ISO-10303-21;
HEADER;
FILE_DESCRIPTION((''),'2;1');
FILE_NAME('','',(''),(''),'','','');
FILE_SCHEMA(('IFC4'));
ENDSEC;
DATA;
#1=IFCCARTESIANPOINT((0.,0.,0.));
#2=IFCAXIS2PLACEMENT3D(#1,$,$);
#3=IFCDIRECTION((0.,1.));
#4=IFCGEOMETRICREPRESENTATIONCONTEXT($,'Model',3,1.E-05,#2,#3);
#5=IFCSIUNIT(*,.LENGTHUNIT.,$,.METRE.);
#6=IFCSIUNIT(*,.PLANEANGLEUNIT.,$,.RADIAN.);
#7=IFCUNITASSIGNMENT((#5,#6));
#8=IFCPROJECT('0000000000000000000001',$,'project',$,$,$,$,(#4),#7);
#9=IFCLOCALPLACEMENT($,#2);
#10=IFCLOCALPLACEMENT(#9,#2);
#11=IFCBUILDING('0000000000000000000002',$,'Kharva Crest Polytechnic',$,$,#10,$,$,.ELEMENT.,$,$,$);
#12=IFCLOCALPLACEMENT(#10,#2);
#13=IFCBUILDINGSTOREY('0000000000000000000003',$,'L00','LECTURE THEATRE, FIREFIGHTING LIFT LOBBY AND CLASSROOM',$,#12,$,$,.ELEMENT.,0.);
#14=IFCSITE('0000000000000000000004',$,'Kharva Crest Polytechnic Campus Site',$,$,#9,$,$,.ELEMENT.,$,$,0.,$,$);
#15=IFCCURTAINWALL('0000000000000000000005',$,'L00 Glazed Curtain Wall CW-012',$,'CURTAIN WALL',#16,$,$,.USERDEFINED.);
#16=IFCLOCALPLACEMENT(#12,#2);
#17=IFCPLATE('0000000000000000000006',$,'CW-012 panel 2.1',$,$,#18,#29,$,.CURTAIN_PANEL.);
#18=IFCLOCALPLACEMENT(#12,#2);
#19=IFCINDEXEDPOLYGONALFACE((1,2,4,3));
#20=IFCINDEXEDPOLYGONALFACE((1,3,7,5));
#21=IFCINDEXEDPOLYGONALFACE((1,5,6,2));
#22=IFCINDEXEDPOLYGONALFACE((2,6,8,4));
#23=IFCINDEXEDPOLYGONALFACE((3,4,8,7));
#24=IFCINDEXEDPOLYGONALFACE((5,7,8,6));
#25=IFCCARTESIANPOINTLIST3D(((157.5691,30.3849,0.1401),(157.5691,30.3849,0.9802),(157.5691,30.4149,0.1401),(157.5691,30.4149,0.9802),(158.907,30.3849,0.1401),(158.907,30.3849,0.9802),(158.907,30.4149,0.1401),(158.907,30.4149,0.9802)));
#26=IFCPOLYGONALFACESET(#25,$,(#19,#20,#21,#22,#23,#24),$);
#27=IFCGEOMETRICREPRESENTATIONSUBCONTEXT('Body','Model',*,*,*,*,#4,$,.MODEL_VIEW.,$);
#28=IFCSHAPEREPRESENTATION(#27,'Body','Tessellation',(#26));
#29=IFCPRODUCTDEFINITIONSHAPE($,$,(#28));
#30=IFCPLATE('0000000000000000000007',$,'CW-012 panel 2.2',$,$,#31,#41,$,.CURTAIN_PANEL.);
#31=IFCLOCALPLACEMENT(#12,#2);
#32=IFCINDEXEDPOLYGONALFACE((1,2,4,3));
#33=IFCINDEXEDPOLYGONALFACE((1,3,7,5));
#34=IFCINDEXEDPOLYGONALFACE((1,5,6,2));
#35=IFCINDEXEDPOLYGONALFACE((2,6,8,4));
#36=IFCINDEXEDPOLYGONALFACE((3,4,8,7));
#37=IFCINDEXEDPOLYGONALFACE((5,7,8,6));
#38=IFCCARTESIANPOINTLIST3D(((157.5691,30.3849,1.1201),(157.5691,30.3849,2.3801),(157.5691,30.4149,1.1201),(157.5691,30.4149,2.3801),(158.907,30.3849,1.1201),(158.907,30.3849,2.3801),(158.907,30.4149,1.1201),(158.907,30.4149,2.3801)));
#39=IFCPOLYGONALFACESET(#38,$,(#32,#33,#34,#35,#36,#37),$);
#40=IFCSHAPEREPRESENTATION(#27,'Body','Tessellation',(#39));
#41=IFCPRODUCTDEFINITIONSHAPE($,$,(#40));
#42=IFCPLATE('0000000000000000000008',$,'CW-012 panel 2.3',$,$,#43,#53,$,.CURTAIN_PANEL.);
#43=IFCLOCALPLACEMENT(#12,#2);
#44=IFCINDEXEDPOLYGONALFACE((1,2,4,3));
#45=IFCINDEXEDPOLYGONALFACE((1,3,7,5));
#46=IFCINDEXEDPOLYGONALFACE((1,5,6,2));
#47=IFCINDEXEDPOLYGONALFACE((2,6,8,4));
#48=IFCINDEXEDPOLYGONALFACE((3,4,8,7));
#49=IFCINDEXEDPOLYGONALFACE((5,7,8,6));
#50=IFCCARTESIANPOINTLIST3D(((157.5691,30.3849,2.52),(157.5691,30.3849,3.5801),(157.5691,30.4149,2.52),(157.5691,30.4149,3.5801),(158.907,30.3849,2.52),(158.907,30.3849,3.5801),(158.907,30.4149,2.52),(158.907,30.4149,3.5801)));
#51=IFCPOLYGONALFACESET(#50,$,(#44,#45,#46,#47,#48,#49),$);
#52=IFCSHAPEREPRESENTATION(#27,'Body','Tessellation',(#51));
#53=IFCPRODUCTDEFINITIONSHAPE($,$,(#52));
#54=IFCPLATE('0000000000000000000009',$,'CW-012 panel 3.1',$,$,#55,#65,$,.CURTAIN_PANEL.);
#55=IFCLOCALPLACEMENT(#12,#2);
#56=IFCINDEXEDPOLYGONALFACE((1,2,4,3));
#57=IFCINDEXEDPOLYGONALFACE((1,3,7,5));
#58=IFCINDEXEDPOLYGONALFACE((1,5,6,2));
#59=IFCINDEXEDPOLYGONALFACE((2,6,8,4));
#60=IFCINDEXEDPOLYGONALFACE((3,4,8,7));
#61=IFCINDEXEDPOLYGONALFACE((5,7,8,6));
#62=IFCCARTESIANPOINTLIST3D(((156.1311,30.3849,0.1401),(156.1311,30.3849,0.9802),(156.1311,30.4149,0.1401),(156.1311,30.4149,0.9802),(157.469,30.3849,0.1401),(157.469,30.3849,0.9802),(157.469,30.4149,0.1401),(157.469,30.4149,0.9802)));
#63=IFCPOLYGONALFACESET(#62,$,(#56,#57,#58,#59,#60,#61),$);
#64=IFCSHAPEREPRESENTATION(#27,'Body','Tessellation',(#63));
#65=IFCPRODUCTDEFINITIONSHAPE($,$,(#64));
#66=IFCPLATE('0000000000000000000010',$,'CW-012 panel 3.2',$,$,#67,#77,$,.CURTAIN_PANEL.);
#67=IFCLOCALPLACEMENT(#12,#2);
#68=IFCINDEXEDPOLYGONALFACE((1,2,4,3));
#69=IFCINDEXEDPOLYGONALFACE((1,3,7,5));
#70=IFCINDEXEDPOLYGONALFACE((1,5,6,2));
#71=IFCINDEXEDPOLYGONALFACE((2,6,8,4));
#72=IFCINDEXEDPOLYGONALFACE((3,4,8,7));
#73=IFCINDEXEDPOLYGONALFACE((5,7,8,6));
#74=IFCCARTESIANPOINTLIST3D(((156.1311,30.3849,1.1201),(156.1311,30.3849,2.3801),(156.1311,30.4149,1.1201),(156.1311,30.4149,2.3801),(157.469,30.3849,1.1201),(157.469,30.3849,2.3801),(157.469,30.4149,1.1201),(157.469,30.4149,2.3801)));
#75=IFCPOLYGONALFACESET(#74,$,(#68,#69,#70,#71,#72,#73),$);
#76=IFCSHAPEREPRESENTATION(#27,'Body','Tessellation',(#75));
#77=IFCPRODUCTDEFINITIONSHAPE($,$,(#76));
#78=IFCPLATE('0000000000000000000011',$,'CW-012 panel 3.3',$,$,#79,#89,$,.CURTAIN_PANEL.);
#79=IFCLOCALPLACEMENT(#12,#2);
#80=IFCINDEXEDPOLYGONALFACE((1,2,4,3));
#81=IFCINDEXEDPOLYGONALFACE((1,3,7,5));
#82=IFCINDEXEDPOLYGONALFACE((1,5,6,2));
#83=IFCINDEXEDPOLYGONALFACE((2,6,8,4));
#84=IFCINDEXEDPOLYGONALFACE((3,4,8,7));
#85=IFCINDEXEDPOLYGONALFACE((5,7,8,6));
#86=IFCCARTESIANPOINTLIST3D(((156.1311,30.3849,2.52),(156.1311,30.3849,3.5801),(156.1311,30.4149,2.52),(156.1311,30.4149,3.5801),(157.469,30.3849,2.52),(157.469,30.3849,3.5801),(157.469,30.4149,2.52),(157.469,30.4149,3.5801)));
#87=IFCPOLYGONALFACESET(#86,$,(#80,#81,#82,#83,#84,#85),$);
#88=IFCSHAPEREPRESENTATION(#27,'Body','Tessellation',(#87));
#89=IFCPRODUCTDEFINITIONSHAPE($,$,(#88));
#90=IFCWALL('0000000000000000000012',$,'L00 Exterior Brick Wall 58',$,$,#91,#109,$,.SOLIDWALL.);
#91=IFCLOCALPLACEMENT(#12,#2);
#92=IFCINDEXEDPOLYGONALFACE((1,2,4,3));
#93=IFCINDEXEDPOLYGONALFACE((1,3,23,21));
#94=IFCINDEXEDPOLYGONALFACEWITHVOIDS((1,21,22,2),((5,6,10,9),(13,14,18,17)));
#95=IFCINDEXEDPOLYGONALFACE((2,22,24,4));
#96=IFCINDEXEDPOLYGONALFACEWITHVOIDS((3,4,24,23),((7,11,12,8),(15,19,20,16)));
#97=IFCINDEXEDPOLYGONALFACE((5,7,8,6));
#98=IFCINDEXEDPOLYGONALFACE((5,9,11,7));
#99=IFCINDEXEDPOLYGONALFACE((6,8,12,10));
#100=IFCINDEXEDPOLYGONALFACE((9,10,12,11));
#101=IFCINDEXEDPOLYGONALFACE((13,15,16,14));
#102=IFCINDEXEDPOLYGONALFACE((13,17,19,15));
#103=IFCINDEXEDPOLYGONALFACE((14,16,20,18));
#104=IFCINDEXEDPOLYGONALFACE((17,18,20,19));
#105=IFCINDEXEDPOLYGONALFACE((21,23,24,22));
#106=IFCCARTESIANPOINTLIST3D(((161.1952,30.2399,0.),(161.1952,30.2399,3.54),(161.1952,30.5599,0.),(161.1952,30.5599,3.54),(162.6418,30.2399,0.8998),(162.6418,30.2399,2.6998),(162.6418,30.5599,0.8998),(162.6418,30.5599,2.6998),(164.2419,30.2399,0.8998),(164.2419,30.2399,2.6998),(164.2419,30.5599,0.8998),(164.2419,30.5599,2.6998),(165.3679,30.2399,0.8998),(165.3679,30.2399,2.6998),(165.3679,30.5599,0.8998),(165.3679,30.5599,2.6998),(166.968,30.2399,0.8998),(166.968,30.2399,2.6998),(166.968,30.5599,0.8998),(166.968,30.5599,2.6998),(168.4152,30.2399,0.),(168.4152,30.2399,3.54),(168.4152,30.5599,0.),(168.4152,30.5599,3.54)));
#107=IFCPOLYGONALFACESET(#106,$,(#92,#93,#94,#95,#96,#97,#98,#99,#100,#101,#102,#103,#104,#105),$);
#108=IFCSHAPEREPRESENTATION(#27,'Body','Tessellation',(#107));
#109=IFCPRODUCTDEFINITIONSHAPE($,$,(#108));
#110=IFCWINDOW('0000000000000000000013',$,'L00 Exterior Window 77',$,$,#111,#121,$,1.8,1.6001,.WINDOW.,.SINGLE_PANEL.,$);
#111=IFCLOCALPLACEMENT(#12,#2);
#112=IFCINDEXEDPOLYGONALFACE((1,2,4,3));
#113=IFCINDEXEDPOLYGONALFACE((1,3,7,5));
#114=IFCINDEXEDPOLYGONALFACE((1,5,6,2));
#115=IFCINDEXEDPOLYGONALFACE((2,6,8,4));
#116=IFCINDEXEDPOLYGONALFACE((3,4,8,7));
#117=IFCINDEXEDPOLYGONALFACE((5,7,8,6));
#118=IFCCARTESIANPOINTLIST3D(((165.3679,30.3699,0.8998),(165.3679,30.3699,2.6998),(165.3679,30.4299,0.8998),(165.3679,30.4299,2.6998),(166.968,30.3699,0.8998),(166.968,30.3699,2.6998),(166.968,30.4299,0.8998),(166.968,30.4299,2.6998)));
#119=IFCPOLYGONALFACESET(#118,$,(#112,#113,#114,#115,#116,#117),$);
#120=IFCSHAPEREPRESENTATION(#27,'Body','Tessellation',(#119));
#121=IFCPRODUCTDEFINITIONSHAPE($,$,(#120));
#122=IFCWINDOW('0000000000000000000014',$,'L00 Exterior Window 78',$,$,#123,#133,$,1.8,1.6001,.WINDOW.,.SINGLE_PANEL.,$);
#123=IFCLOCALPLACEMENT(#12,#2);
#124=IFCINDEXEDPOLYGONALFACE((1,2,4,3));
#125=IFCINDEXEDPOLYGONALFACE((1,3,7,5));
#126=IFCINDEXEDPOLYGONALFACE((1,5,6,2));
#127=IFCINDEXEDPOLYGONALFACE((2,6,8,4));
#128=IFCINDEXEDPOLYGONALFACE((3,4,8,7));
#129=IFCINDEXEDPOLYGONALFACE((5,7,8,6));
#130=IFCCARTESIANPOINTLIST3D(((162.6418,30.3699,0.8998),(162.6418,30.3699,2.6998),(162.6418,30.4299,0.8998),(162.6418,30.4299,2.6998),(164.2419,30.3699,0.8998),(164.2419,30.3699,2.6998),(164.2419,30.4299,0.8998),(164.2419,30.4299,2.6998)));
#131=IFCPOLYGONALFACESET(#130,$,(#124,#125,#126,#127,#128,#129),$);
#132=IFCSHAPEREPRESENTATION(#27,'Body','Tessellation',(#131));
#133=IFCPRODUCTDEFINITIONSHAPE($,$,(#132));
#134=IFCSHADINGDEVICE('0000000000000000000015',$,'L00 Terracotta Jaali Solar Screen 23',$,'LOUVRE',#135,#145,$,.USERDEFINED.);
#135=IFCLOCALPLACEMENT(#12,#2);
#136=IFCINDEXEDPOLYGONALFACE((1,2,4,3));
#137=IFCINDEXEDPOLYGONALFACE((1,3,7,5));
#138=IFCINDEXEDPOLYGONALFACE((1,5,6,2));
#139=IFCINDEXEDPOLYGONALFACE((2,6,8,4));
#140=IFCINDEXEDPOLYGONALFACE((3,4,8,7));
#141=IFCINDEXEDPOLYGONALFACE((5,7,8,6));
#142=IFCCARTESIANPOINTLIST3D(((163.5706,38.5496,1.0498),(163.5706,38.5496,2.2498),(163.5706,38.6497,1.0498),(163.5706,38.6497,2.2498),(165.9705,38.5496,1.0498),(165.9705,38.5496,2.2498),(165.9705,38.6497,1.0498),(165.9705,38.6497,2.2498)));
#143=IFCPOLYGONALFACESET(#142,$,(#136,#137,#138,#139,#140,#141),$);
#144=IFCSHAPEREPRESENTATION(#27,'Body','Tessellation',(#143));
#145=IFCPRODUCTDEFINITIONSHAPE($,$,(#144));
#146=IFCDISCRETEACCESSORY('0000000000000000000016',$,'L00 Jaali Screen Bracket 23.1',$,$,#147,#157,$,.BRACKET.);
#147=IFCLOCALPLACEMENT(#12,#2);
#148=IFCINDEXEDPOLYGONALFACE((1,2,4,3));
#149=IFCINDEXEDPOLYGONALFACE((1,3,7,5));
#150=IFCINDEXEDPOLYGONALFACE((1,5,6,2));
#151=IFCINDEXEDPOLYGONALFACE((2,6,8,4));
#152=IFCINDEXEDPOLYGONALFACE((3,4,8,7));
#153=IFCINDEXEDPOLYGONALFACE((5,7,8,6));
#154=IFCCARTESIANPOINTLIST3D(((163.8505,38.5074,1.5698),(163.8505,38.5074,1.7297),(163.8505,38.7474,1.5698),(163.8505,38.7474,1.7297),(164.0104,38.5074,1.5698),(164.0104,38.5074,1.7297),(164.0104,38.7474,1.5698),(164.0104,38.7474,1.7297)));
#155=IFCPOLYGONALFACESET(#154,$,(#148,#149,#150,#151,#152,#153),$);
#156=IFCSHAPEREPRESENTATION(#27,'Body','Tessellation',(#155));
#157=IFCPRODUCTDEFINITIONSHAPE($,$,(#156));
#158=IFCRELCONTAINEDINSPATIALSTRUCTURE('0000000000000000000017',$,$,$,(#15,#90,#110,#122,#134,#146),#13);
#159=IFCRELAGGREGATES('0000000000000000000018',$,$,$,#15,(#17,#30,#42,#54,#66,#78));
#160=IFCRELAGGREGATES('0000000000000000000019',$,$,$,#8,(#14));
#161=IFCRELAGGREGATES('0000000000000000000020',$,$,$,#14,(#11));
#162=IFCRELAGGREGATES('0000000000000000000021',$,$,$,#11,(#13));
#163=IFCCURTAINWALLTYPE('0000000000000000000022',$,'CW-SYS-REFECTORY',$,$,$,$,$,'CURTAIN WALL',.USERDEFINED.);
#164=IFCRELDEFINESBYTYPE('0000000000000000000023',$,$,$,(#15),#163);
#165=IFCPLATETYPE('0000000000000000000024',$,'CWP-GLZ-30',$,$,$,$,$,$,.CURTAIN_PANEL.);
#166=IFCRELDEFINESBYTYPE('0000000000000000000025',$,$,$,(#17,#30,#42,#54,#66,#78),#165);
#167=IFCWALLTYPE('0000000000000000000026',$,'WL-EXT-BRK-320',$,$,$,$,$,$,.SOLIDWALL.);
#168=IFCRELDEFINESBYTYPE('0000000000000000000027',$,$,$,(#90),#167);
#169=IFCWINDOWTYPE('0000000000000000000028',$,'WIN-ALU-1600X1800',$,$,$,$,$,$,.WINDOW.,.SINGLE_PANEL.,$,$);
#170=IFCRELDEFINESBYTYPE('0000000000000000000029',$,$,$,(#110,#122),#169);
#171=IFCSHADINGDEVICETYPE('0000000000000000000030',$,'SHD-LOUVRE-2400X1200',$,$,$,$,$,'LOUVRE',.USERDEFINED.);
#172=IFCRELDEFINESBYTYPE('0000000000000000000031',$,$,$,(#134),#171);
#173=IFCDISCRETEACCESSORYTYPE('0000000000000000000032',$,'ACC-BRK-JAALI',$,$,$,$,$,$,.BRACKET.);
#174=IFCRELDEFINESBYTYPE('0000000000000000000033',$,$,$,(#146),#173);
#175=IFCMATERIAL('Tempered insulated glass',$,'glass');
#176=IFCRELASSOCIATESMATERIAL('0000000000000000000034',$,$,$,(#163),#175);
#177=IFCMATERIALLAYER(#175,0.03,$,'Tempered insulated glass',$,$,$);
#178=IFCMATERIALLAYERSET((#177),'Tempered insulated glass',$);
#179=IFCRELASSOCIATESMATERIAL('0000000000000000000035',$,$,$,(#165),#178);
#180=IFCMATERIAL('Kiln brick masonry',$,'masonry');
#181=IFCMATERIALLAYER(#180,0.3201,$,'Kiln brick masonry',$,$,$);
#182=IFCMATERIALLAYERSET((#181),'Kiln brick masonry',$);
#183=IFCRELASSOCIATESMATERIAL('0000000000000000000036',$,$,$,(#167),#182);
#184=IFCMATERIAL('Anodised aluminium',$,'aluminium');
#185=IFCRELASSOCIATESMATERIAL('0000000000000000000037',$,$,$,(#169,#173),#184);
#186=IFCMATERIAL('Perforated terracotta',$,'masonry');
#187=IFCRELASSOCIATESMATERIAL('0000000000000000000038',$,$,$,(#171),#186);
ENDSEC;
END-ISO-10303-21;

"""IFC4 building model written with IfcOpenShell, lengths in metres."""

from ifc_helpers import new_model, si_unit, direction, frame, frame_2d, origin, origin_2d, place, context, subcontext, project, spatial, rectangle, extrude, material, layer, layer_set, type_object, element, fill, aggregate, save


model = new_model("IFC4")

# Units and contexts
model_context = context("Model", 3, precision=1e-05, world=origin(), true_north=direction((0.0, 1.0)))
body_context = subcontext(model_context, "Body", "Model", "MODEL_VIEW")
ifc_project = project(units=[si_unit("LENGTHUNIT", "METRE"), si_unit("PLANEANGLEUNIT", "RADIAN")], contexts=[model_context])

# Site, building, storey
site_placement = place(None, origin())
site = spatial("IfcSite", under=ifc_project, at=site_placement, Name="Kharva Crest Polytechnic Campus Site", CompositionType="ELEMENT", RefElevation=0.0)
building_placement = place(site_placement, origin())
building = spatial("IfcBuilding", under=site, at=building_placement, Name="Kharva Crest Polytechnic", CompositionType="ELEMENT")
storey_placement = place(building_placement, origin())
storey = spatial("IfcBuildingStorey", under=building, at=storey_placement, Name="L00", Description="LECTURE THEATRE, FIREFIGHTING LIFT LOBBY AND CLASSROOM", CompositionType="ELEMENT", Elevation=0.0)

# Shared definitions
ifc_material_1 = material(Name="Tempered insulated glass", Category="glass")
curtain_wall_type = type_object("IfcCurtainWallType", Name="CW-SYS-REFECTORY", ElementType="CURTAIN WALL", PredefinedType="USERDEFINED", material=ifc_material_1)

# Curtain wall
curtain_wall_1_placement = place(storey_placement, origin())
curtain_wall_1 = element("IfcCurtainWall", 1, at=curtain_wall_1_placement, inside=storey, type_object=curtain_wall_type, Name="L00 Glazed Curtain Wall CW-012", ObjectType="CURTAIN WALL", PredefinedType="USERDEFINED")

# Plates
ifc_layer_1 = layer(ifc_material_1, 0.03, Name="Tempered insulated glass")
ifc_layer_set_1 = layer_set([ifc_layer_1], Name="Tempered insulated glass")
plate_type = type_object("IfcPlateType", Name="CWP-GLZ-30", PredefinedType="CURTAIN_PANEL", material=ifc_layer_set_1)
plate_1_placement = place(storey_placement, frame((158.238, 30.3999, 0.1401), z_axis=(0.0, 0.0, 1.0), x_axis=(-1.0, 0.0, 0.0)))
plate_1 = element("IfcPlate", 2, at=plate_1_placement, type_object=plate_type, Name="CW-012 panel 2.1", PredefinedType="CURTAIN_PANEL", context=body_context, shape_type="SweptSolid", body=[
    extrude(rectangle(XDim=1.3379, YDim=0.03, at=origin_2d()), origin(), (0.0, 0.0, 1.0), 0.8401),
])
plate_2_placement = place(storey_placement, frame((158.238, 30.3999, 1.1201), z_axis=(0.0, 0.0, 1.0), x_axis=(-1.0, 0.0, 0.0)))
plate_2 = element("IfcPlate", 3, at=plate_2_placement, type_object=plate_type, Name="CW-012 panel 2.2", PredefinedType="CURTAIN_PANEL", context=body_context, shape_type="SweptSolid", body=[
    extrude(rectangle(XDim=1.3379, YDim=0.03, at=origin_2d()), origin(), (0.0, 0.0, 1.0), 1.26),
])
plate_3_placement = place(storey_placement, frame((158.238, 30.3999, 2.52), z_axis=(0.0, 0.0, 1.0), x_axis=(-1.0, 0.0, 0.0)))
plate_3 = element("IfcPlate", 4, at=plate_3_placement, type_object=plate_type, Name="CW-012 panel 2.3", PredefinedType="CURTAIN_PANEL", context=body_context, shape_type="SweptSolid", body=[
    extrude(rectangle(XDim=1.3379, YDim=0.03, at=origin_2d()), origin(), (0.0, 0.0, 1.0), 1.0601),
])
plate_4_placement = place(storey_placement, frame((156.8, 30.3999, 0.1401), z_axis=(0.0, 0.0, 1.0), x_axis=(-1.0, 0.0, 0.0)))
plate_4 = element("IfcPlate", 5, at=plate_4_placement, type_object=plate_type, Name="CW-012 panel 3.1", PredefinedType="CURTAIN_PANEL", context=body_context, shape_type="SweptSolid", body=[
    extrude(rectangle(XDim=1.3379, YDim=0.03, at=origin_2d()), origin(), (0.0, 0.0, 1.0), 0.8401),
])
plate_5_placement = place(storey_placement, frame((156.8, 30.3999, 1.1201), z_axis=(0.0, 0.0, 1.0), x_axis=(-1.0, 0.0, 0.0)))
plate_5 = element("IfcPlate", 6, at=plate_5_placement, type_object=plate_type, Name="CW-012 panel 3.2", PredefinedType="CURTAIN_PANEL", context=body_context, shape_type="SweptSolid", body=[
    extrude(rectangle(XDim=1.3379, YDim=0.03, at=origin_2d()), origin(), (0.0, 0.0, 1.0), 1.26),
])
plate_6_placement = place(storey_placement, frame((156.8, 30.3999, 2.52), z_axis=(0.0, 0.0, 1.0), x_axis=(-1.0, 0.0, 0.0)))
plate_6 = element("IfcPlate", 7, at=plate_6_placement, type_object=plate_type, Name="CW-012 panel 3.3", PredefinedType="CURTAIN_PANEL", context=body_context, shape_type="SweptSolid", body=[
    extrude(rectangle(XDim=1.3379, YDim=0.03, at=origin_2d()), origin(), (0.0, 0.0, 1.0), 1.0601),
])
aggregate(curtain_wall_1, [plate_1, plate_2, plate_3, plate_4, plate_5, plate_6])

# Wall, openings, windows
ifc_material_2 = material(Name="Kiln brick masonry", Category="masonry")
ifc_layer_2 = layer(ifc_material_2, 0.3201, Name="Kiln brick masonry")
ifc_layer_set_2 = layer_set([ifc_layer_2], Name="Kiln brick masonry")
wall_type = type_object("IfcWallType", Name="WL-EXT-BRK-320", PredefinedType="SOLIDWALL", material=ifc_layer_set_2)
wall_placement = place(storey_placement, frame((168.415, 30.3999, 0.0), z_axis=(0.0, 0.0, 1.0), x_axis=(-1.0, 0.0, 0.0)))
wall = element("IfcWall", 8, at=wall_placement, inside=storey, type_object=wall_type, Name="L00 Exterior Brick Wall 58", PredefinedType="SOLIDWALL", context=body_context, shape_type="SweptSolid", body=[
    extrude(rectangle(XDim=7.22, YDim=0.3201, at=frame_2d((3.6099, 0.0))), origin(), (0.0, 0.0, 1.0), 3.54),
])
opening_1_placement = place(wall_placement, frame((1.447, 0.0, 0.8999)))
opening_1 = element("IfcOpeningElement", 9, at=opening_1_placement, cuts=wall, PredefinedType="OPENING", context=body_context, shape_type="SweptSolid", body=[
    extrude(rectangle(XDim=1.6001, YDim=1.8, at=frame_2d((0.8, 0.8999))), frame((0.0, 0.1699, 0.0), z_axis=(0.0, -1.0, 0.0), x_axis=(1.0, 0.0, 0.0)), (0.0, 0.0, 1.0), 0.3401),
])
opening_2_placement = place(wall_placement, frame((4.1731, 0.0, 0.8999)))
opening_2 = element("IfcOpeningElement", 10, at=opening_2_placement, cuts=wall, PredefinedType="OPENING", context=body_context, shape_type="SweptSolid", body=[
    extrude(rectangle(XDim=1.6001, YDim=1.8, at=frame_2d((0.8, 0.8999))), frame((0.0, 0.1699, 0.0), z_axis=(0.0, -1.0, 0.0), x_axis=(1.0, 0.0, 0.0)), (0.0, 0.0, 1.0), 0.3401),
])
ifc_material_3 = material(Name="Anodised aluminium", Category="aluminium")
window_type = type_object("IfcWindowType", Name="WIN-ALU-1600X1800", PartitioningType="SINGLE_PANEL", PredefinedType="WINDOW", material=ifc_material_3)
window_1_placement = place(opening_1_placement, origin())
window_1 = element("IfcWindow", 11, at=window_1_placement, inside=storey, type_object=window_type, Name="L00 Exterior Window 77", OverallHeight=1.8, OverallWidth=1.6001, PartitioningType="SINGLE_PANEL", PredefinedType="WINDOW", context=body_context, shape_type="SweptSolid", body=[
    extrude(rectangle(XDim=1.6001, YDim=1.8, at=frame_2d((0.8, 0.8999))), frame((0.0, 0.03, 0.0), z_axis=(0.0, -1.0, 0.0), x_axis=(1.0, 0.0, 0.0)), (0.0, 0.0, 1.0), 0.0601),
])
fill(opening_1, window_1)
window_2_placement = place(opening_2_placement, origin())
window_2 = element("IfcWindow", 12, at=window_2_placement, inside=storey, type_object=window_type, Name="L00 Exterior Window 78", OverallHeight=1.8, OverallWidth=1.6001, PartitioningType="SINGLE_PANEL", PredefinedType="WINDOW", context=body_context, shape_type="SweptSolid", body=[
    extrude(rectangle(XDim=1.6001, YDim=1.8, at=frame_2d((0.8, 0.8999))), frame((0.0, 0.03, 0.0), z_axis=(0.0, -1.0, 0.0), x_axis=(1.0, 0.0, 0.0)), (0.0, 0.0, 1.0), 0.0601),
])
fill(opening_2, window_2)

# Shading device
ifc_material_4 = material(Name="Perforated terracotta", Category="masonry")
shading_device_type = type_object("IfcShadingDeviceType", Name="SHD-LOUVRE-2400X1200", ElementType="LOUVRE", PredefinedType="USERDEFINED", material=ifc_material_4)
shading_device_placement = place(storey_placement, frame((164.7705, 38.5996, 1.0498), z_axis=(0.0, 0.0, 1.0), x_axis=(1.0, 0.0, 0.0)))
element("IfcShadingDevice", 13, at=shading_device_placement, inside=storey, type_object=shading_device_type, Name="L00 Terracotta Jaali Solar Screen 23", ObjectType="LOUVRE", PredefinedType="USERDEFINED", context=body_context, shape_type="SweptSolid", body=[
    extrude(rectangle(XDim=2.3999, YDim=0.1001, at=origin_2d()), origin(), (0.0, 0.0, 1.0), 1.2),
])

# Discrete accessory
discrete_accessory_type = type_object("IfcDiscreteAccessoryType", Name="ACC-BRK-JAALI", PredefinedType="BRACKET", material=ifc_material_3)
discrete_accessory_placement = place(storey_placement, frame((163.9304, 38.6274, 1.5698), z_axis=(0.0, 0.0, 1.0), x_axis=(1.0, 0.0, 0.0)))
element("IfcDiscreteAccessory", 14, at=discrete_accessory_placement, inside=storey, type_object=discrete_accessory_type, Name="L00 Jaali Screen Bracket 23.1", PredefinedType="BRACKET", context=body_context, shape_type="SweptSolid", body=[
    extrude(rectangle(XDim=0.1599, YDim=0.24, at=origin_2d()), origin(), (0.0, 0.0, 1.0), 0.1599),
])

save(model, "model.ifc")
